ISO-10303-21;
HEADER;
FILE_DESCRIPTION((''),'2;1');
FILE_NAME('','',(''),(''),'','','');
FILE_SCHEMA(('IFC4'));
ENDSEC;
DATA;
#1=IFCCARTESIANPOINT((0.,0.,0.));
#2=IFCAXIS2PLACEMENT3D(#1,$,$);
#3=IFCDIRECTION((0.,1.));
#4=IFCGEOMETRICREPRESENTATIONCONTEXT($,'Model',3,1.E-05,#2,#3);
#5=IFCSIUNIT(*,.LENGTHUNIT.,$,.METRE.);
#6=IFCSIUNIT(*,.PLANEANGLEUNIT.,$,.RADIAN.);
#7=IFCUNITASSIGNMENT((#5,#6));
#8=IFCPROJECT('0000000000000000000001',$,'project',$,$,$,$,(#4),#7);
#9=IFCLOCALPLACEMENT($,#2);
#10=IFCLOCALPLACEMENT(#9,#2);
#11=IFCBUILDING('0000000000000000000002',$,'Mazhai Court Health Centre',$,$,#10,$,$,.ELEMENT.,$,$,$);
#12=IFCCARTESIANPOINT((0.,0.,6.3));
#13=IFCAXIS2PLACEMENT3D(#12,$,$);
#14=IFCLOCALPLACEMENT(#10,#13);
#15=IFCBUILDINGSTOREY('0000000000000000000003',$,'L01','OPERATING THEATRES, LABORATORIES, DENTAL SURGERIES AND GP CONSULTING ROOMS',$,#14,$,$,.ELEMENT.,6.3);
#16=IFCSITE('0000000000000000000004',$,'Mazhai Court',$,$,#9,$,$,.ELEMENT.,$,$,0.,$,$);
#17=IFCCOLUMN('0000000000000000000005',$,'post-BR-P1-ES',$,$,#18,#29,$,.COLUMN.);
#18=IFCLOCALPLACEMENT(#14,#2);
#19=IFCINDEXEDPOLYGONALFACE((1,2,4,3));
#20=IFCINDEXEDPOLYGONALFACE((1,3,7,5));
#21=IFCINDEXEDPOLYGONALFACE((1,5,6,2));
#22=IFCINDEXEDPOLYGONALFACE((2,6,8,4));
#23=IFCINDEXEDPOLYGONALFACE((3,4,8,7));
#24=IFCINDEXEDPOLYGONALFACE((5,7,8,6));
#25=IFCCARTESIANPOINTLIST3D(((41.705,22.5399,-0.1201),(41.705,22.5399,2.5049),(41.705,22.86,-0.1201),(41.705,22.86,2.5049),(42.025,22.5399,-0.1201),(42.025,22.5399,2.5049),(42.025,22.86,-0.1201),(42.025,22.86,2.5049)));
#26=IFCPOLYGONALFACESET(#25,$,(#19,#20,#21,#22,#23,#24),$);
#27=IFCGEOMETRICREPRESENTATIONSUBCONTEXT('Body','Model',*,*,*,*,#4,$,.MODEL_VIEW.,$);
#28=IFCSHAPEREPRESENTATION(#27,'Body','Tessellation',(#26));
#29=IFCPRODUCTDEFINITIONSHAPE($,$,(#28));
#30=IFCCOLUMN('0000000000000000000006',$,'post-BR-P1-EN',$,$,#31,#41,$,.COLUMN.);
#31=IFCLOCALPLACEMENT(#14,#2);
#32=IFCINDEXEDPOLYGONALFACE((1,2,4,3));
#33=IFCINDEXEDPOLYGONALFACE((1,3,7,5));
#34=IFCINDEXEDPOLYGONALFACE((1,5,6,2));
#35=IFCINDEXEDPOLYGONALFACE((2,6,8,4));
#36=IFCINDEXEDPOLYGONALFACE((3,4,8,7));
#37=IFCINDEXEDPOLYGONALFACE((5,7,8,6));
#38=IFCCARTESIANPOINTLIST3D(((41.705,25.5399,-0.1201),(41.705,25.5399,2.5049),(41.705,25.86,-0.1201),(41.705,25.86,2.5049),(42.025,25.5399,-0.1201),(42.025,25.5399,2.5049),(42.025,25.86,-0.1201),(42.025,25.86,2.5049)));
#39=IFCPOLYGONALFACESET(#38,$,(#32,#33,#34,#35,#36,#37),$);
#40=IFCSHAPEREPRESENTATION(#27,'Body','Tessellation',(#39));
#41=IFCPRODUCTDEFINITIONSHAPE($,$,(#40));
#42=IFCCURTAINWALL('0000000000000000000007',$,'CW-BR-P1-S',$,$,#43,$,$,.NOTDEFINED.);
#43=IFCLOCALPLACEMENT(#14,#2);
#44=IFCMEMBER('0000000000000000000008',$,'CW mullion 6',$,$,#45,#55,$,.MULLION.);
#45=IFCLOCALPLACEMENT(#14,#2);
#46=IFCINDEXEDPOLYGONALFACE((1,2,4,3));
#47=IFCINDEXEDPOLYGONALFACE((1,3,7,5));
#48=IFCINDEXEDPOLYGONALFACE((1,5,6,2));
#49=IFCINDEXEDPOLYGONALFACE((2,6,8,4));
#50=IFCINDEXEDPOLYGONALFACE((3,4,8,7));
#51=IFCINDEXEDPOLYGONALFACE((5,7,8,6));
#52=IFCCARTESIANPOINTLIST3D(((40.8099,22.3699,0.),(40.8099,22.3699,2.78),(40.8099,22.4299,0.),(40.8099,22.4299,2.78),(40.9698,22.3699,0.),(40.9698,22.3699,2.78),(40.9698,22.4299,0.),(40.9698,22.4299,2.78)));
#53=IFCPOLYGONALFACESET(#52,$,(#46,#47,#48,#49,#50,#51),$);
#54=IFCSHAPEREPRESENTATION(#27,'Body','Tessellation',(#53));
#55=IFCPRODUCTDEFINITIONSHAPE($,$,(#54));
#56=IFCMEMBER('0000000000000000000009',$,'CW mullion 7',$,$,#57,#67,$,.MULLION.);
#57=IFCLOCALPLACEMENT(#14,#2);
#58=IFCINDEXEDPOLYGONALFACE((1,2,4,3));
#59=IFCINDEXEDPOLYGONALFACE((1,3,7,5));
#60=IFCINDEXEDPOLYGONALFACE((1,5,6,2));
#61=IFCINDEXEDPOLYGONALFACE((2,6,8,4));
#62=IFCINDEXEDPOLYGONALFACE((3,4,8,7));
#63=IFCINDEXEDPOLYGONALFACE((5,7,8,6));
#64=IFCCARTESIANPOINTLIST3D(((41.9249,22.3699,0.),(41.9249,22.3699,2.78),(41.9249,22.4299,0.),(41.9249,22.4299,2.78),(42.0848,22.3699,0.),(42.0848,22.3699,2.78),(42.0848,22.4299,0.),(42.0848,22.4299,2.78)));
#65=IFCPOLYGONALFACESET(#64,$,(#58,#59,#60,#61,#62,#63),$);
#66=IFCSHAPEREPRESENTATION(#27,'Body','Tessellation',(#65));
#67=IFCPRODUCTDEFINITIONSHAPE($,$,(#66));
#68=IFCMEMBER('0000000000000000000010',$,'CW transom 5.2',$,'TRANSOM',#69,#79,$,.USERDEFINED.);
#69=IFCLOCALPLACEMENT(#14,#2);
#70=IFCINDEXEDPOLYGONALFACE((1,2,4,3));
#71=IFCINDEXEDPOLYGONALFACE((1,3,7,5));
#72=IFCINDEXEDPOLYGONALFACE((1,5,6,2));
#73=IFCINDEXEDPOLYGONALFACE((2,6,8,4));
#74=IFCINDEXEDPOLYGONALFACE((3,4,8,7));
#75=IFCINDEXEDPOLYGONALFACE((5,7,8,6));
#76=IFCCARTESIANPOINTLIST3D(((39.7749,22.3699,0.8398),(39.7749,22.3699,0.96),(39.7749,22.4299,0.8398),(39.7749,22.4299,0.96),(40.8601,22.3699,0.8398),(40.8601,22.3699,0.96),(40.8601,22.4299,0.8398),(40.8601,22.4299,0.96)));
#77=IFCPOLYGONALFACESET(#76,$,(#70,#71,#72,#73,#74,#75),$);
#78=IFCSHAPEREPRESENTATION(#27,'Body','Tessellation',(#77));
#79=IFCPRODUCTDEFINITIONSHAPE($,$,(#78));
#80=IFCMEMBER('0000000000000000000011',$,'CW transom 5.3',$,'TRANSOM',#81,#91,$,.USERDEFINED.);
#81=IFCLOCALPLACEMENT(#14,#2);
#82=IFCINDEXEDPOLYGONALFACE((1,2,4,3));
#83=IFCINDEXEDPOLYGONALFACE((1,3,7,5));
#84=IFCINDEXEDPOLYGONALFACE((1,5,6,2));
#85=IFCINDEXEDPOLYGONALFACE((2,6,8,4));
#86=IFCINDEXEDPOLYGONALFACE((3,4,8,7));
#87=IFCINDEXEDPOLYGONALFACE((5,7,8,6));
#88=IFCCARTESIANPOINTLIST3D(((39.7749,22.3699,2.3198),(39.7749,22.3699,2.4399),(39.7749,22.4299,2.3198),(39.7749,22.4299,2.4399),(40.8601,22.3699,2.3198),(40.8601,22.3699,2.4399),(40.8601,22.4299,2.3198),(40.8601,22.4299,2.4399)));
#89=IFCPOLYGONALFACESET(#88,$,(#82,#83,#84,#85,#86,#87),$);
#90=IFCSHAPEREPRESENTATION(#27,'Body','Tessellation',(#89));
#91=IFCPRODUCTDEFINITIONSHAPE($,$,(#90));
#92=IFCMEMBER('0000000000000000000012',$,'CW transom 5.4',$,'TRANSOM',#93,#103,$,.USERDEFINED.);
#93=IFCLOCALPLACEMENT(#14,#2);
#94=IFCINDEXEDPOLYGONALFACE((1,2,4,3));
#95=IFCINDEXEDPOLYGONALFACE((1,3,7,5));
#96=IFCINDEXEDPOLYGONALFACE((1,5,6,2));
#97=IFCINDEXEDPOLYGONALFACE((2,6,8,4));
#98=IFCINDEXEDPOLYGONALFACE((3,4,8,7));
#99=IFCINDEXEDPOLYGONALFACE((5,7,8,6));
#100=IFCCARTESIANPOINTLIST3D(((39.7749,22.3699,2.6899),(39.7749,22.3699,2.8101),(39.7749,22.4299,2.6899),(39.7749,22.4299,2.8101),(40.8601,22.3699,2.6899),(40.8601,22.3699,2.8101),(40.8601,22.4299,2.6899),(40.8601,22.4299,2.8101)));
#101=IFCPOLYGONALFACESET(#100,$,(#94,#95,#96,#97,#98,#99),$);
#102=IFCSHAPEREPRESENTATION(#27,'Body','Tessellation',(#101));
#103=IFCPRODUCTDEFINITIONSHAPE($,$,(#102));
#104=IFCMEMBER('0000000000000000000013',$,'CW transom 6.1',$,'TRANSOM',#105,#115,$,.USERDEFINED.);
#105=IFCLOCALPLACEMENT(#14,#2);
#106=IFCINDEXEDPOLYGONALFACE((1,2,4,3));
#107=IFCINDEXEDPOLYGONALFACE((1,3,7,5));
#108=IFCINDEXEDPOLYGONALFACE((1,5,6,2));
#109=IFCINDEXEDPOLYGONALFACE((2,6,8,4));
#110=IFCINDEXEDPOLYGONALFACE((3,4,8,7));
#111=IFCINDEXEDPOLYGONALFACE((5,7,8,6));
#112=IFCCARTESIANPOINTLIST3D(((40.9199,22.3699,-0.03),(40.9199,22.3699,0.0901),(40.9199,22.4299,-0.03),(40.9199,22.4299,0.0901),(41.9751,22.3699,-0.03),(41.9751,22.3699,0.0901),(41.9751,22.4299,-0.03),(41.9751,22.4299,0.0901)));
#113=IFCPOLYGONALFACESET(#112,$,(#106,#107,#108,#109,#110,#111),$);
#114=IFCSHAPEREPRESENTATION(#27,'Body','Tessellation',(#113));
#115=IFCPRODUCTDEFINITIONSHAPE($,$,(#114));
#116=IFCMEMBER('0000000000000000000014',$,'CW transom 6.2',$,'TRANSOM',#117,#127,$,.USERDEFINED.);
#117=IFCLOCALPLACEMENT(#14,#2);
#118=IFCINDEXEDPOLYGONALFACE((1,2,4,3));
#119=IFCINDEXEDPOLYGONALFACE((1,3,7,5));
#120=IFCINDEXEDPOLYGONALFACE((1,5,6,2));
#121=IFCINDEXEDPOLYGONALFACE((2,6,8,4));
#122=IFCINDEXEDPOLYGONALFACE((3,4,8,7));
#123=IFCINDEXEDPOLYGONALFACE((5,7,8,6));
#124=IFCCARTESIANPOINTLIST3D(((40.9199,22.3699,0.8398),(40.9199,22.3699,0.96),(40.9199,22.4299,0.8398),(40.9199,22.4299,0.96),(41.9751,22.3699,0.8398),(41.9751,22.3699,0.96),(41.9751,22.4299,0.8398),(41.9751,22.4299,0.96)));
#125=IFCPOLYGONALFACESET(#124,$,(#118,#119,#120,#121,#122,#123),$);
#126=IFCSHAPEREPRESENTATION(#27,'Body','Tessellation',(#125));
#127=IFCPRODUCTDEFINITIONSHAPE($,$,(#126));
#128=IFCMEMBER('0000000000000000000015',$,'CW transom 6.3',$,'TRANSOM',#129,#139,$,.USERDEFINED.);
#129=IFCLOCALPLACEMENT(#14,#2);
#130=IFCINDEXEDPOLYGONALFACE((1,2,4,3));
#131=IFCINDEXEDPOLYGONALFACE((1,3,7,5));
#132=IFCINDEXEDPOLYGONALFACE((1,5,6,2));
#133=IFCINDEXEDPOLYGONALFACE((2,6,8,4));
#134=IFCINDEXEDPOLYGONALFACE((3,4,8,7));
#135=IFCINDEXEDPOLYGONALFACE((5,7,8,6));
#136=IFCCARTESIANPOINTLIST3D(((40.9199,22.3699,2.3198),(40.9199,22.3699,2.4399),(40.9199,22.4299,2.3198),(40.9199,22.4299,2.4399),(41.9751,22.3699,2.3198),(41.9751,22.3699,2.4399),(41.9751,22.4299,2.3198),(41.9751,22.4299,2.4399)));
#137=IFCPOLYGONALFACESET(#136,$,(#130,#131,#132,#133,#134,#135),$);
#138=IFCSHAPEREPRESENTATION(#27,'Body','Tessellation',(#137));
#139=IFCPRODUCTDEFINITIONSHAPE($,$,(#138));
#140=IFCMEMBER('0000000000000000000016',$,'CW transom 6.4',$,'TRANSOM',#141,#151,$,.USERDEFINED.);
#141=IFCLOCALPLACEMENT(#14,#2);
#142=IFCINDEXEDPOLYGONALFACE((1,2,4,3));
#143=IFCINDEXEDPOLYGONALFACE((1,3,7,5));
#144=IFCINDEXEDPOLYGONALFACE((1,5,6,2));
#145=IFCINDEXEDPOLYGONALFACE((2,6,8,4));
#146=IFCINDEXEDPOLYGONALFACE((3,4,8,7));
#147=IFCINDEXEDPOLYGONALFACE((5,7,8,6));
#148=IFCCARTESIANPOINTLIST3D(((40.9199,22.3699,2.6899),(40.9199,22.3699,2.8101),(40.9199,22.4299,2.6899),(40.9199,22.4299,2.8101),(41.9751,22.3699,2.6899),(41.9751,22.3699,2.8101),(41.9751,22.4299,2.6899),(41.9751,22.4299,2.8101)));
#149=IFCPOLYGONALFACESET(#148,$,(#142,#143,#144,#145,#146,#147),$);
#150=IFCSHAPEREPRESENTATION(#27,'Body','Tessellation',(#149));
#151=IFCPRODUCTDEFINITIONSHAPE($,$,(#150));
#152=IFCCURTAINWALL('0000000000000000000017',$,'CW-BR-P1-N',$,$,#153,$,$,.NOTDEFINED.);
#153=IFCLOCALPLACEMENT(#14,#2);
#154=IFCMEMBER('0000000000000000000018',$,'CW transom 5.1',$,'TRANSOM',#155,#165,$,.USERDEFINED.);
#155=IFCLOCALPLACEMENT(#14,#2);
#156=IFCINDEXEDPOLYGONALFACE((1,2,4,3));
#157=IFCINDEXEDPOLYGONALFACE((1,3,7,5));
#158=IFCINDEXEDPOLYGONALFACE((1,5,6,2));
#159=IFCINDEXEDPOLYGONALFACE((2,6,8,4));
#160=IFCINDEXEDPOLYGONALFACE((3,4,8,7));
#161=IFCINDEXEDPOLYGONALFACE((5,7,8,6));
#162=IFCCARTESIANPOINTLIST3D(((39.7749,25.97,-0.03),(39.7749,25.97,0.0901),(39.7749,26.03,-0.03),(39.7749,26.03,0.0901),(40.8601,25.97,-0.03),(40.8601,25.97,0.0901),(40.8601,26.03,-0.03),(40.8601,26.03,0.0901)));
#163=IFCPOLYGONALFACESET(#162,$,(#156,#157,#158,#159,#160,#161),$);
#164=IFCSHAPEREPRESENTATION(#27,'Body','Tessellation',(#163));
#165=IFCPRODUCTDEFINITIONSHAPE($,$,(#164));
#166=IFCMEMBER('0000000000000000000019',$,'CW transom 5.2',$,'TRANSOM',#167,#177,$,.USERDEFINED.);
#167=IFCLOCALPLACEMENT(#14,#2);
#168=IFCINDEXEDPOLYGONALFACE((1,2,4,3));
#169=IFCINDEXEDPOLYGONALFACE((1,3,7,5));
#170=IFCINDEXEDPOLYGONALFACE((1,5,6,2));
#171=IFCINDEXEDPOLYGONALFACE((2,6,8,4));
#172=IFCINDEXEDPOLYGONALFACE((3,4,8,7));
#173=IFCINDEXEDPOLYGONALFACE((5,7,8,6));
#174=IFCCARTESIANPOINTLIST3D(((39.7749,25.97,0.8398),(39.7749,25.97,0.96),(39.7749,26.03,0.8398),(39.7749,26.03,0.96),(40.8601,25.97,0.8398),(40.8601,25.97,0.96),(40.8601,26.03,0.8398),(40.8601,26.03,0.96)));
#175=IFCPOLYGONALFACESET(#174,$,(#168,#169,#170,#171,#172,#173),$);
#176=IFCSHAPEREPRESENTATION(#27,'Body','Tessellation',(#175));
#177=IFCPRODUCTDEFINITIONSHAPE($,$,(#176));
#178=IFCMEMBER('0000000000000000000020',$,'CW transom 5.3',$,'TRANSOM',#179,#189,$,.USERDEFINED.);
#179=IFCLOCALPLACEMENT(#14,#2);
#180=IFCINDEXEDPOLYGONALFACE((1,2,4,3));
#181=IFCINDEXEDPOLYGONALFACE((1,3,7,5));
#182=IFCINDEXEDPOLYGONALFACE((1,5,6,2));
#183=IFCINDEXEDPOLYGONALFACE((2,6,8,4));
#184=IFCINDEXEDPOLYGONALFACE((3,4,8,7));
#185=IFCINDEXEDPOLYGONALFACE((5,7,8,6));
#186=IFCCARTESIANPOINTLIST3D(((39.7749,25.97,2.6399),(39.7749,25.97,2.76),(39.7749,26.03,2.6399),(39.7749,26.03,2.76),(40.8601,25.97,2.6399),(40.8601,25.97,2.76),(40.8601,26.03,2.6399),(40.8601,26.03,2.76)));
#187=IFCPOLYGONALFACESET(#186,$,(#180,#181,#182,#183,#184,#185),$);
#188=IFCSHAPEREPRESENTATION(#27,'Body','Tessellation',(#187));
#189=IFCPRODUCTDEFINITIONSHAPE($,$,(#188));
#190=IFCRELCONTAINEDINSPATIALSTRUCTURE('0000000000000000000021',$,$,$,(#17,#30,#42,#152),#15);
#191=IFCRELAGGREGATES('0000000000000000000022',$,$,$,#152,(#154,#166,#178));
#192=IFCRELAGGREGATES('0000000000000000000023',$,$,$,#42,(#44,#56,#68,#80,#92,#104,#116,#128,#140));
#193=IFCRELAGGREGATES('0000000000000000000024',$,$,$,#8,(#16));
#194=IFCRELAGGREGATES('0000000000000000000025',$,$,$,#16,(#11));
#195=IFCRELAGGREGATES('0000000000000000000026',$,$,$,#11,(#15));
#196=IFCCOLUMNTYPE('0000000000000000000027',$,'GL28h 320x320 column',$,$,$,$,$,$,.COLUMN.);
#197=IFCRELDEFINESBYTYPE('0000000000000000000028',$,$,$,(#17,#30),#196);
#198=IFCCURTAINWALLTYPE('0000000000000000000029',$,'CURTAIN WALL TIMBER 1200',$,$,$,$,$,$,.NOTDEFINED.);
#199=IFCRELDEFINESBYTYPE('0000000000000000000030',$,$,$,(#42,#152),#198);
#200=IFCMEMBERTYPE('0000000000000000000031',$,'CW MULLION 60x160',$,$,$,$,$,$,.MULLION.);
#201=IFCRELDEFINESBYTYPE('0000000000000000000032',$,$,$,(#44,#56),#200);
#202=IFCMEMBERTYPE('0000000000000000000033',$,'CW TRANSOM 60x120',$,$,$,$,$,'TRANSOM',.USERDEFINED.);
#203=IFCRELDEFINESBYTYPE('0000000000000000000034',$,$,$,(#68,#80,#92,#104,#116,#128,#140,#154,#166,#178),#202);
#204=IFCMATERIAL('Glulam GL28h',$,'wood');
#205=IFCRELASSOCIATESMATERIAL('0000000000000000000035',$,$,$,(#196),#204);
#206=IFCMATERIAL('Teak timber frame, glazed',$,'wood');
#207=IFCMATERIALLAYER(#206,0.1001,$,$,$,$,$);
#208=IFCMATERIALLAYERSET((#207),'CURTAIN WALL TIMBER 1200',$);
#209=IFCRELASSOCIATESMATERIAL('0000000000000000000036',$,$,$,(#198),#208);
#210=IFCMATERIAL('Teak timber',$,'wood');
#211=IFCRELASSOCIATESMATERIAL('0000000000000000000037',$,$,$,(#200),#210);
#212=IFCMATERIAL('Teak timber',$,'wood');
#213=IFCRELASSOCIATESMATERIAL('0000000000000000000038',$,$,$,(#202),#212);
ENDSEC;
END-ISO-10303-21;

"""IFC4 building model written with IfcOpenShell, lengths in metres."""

from ifc_helpers import new_model, si_unit, direction, frame, origin, origin_2d, place, context, subcontext, project, spatial, rectangle, extrude, material, layer, layer_set, material_profile, profile_set, type_object, element, aggregate, save


model = new_model("IFC4")

# Units and contexts
model_context = context("Model", 3, precision=1e-05, world=origin(), true_north=direction((0.0, 1.0)))
body_context = subcontext(model_context, "Body", "Model", "MODEL_VIEW")
ifc_project = project(units=[si_unit("LENGTHUNIT", "METRE"), si_unit("PLANEANGLEUNIT", "RADIAN")], contexts=[model_context])

# Site, building, storey
site_placement = place(None, origin())
site = spatial("IfcSite", under=ifc_project, at=site_placement, Name="Mazhai Court", CompositionType="ELEMENT", RefElevation=0.0)
building_placement = place(site_placement, origin())
building = spatial("IfcBuilding", under=site, at=building_placement, Name="Mazhai Court Health Centre", CompositionType="ELEMENT")
storey_placement = place(building_placement, frame((0.0, 0.0, 6.3)))
storey = spatial("IfcBuildingStorey", under=building, at=storey_placement, Name="L01", Description="OPERATING THEATRES, LABORATORIES, DENTAL SURGERIES AND GP CONSULTING ROOMS", CompositionType="ELEMENT", Elevation=6.3)

# Columns
ifc_material_1 = material(Name="Glulam GL28h", Category="wood")
ifc_material_profile_1 = material_profile(ifc_material_1, rectangle(XDim=0.3201, YDim=0.3201, at=origin_2d()), Name="GL28h 320x320")
ifc_profile_set_1 = profile_set([ifc_material_profile_1], Name="Glulam GL28h")
column_type = type_object("IfcColumnType", Name="GL28h 320x320 column", PredefinedType="COLUMN", material=ifc_profile_set_1)
for number, where, z_axis, x_axis, name in (
    (1, (41.865, 22.7, -0.1201), (0.0, 0.0, 1.0), (1.0, 0.0, 0.0), "post-BR-P1-ES"),
    (2, (41.865, 25.7, -0.1201), (0.0, 0.0, 1.0), (1.0, 0.0, 0.0), "post-BR-P1-EN"),
):
    element("IfcColumn", number, at=place(storey_placement, frame(where, z_axis=z_axis, x_axis=x_axis)), inside=storey, type_object=column_type, Name=name, PredefinedType="COLUMN", context=body_context, shape_type="SweptSolid", body=[
        extrude(rectangle(XDim=0.3201, YDim=0.3201, at=origin_2d()), origin(), (0.0, 0.0, 1.0), 2.625),
    ])

# Curtain walls, members
ifc_material_2 = material(Name="Teak timber frame, glazed", Category="wood")
ifc_layer_1 = layer(ifc_material_2, 0.1001)
ifc_layer_set_1 = layer_set([ifc_layer_1], Name="CURTAIN WALL TIMBER 1200")
curtain_wall_type = type_object("IfcCurtainWallType", Name="CURTAIN WALL TIMBER 1200", PredefinedType="NOTDEFINED", material=ifc_layer_set_1)
curtain_wall_1_placement = place(storey_placement, origin())
curtain_wall_1 = element("IfcCurtainWall", 3, at=curtain_wall_1_placement, inside=storey, type_object=curtain_wall_type, Name="CW-BR-P1-S", PredefinedType="NOTDEFINED")
ifc_material_3 = material(Name="Teak timber", Category="wood")
ifc_material_profile_2 = material_profile(ifc_material_3, rectangle(XDim=0.0601, YDim=0.1599, at=origin_2d()), Name="CW MULLION 60x160")
ifc_profile_set_2 = profile_set([ifc_material_profile_2], Name="Teak timber")
member_type_1 = type_object("IfcMemberType", Name="CW MULLION 60x160", PredefinedType="MULLION", material=ifc_profile_set_2)
member_1_placement = place(storey_placement, frame((40.8899, 22.3999, 0.0), z_axis=(0.0, 0.0, 1.0), x_axis=(0.0, 1.0, 0.0)))
member_1 = element("IfcMember", 4, at=member_1_placement, type_object=member_type_1, Name="CW mullion 6", PredefinedType="MULLION", context=body_context, shape_type="SweptSolid", body=[
    extrude(rectangle(XDim=0.0601, YDim=0.1599, at=origin_2d()), origin(), (0.0, 0.0, 1.0), 2.78),
])
member_2_placement = place(storey_placement, frame((42.0049, 22.3999, 0.0), z_axis=(0.0, 0.0, 1.0), x_axis=(0.0, 1.0, 0.0)))
member_2 = element("IfcMember", 5, at=member_2_placement, type_object=member_type_1, Name="CW mullion 7", PredefinedType="MULLION", context=body_context, shape_type="SweptSolid", body=[
    extrude(rectangle(XDim=0.0601, YDim=0.1599, at=origin_2d()), origin(), (0.0, 0.0, 1.0), 2.78),
])
ifc_material_4 = material(Name="Teak timber", Category="wood")
ifc_material_profile_3 = material_profile(ifc_material_4, rectangle(XDim=0.0601, YDim=0.1201, at=origin_2d()), Name="CW TRANSOM 60x120")
ifc_profile_set_3 = profile_set([ifc_material_profile_3], Name="Teak timber")
member_type_2 = type_object("IfcMemberType", Name="CW TRANSOM 60x120", ElementType="TRANSOM", PredefinedType="USERDEFINED", material=ifc_profile_set_3)
member_3_placement = place(storey_placement, frame((39.7749, 22.3999, 0.8999), z_axis=(1.0, 0.0, 0.0), x_axis=(0.0, 1.0, 0.0)))
member_3 = element("IfcMember", 6, at=member_3_placement, type_object=member_type_2, Name="CW transom 5.2", ObjectType="TRANSOM", PredefinedType="USERDEFINED", context=body_context, shape_type="SweptSolid", body=[
    extrude(rectangle(XDim=0.0601, YDim=0.1201, at=origin_2d()), origin(), (0.0, 0.0, 1.0), 1.0852),
])
member_4_placement = place(storey_placement, frame((39.7749, 22.3999, 2.3799), z_axis=(1.0, 0.0, 0.0), x_axis=(0.0, 1.0, 0.0)))
member_4 = element("IfcMember", 7, at=member_4_placement, type_object=member_type_2, Name="CW transom 5.3", ObjectType="TRANSOM", PredefinedType="USERDEFINED", context=body_context, shape_type="SweptSolid", body=[
    extrude(rectangle(XDim=0.0601, YDim=0.1201, at=origin_2d()), origin(), (0.0, 0.0, 1.0), 1.0852),
])
member_5_placement = place(storey_placement, frame((39.7749, 22.3999, 2.75), z_axis=(1.0, 0.0, 0.0), x_axis=(0.0, 1.0, 0.0)))
member_5 = element("IfcMember", 8, at=member_5_placement, type_object=member_type_2, Name="CW transom 5.4", ObjectType="TRANSOM", PredefinedType="USERDEFINED", context=body_context, shape_type="SweptSolid", body=[
    extrude(rectangle(XDim=0.0601, YDim=0.1201, at=origin_2d()), origin(), (0.0, 0.0, 1.0), 1.0852),
])
member_6_placement = place(storey_placement, frame((40.9199, 22.3999, 0.03), z_axis=(1.0, 0.0, 0.0), x_axis=(0.0, 1.0, 0.0)))
member_6 = element("IfcMember", 9, at=member_6_placement, type_object=member_type_2, Name="CW transom 6.1", ObjectType="TRANSOM", PredefinedType="USERDEFINED", context=body_context, shape_type="SweptSolid", body=[
    extrude(rectangle(XDim=0.0601, YDim=0.1201, at=origin_2d()), origin(), (0.0, 0.0, 1.0), 1.0552),
])
member_7_placement = place(storey_placement, frame((40.9199, 22.3999, 0.8999), z_axis=(1.0, 0.0, 0.0), x_axis=(0.0, 1.0, 0.0)))
member_7 = element("IfcMember", 10, at=member_7_placement, type_object=member_type_2, Name="CW transom 6.2", ObjectType="TRANSOM", PredefinedType="USERDEFINED", context=body_context, shape_type="SweptSolid", body=[
    extrude(rectangle(XDim=0.0601, YDim=0.1201, at=origin_2d()), origin(), (0.0, 0.0, 1.0), 1.0552),
])
member_8_placement = place(storey_placement, frame((40.9199, 22.3999, 2.3799), z_axis=(1.0, 0.0, 0.0), x_axis=(0.0, 1.0, 0.0)))
member_8 = element("IfcMember", 11, at=member_8_placement, type_object=member_type_2, Name="CW transom 6.3", ObjectType="TRANSOM", PredefinedType="USERDEFINED", context=body_context, shape_type="SweptSolid", body=[
    extrude(rectangle(XDim=0.0601, YDim=0.1201, at=origin_2d()), origin(), (0.0, 0.0, 1.0), 1.0552),
])
member_9_placement = place(storey_placement, frame((40.9199, 22.3999, 2.75), z_axis=(1.0, 0.0, 0.0), x_axis=(0.0, 1.0, 0.0)))
member_9 = element("IfcMember", 12, at=member_9_placement, type_object=member_type_2, Name="CW transom 6.4", ObjectType="TRANSOM", PredefinedType="USERDEFINED", context=body_context, shape_type="SweptSolid", body=[
    extrude(rectangle(XDim=0.0601, YDim=0.1201, at=origin_2d()), origin(), (0.0, 0.0, 1.0), 1.0552),
])
curtain_wall_2_placement = place(storey_placement, origin())
curtain_wall_2 = element("IfcCurtainWall", 13, at=curtain_wall_2_placement, inside=storey, type_object=curtain_wall_type, Name="CW-BR-P1-N", PredefinedType="NOTDEFINED")
member_10_placement = place(storey_placement, frame((39.7749, 26.0, 0.03), z_axis=(1.0, 0.0, 0.0), x_axis=(0.0, 1.0, 0.0)))
member_10 = element("IfcMember", 14, at=member_10_placement, type_object=member_type_2, Name="CW transom 5.1", ObjectType="TRANSOM", PredefinedType="USERDEFINED", context=body_context, shape_type="SweptSolid", body=[
    extrude(rectangle(XDim=0.0601, YDim=0.1201, at=origin_2d()), origin(), (0.0, 0.0, 1.0), 1.0852),
])
member_11_placement = place(storey_placement, frame((39.7749, 26.0, 0.8999), z_axis=(1.0, 0.0, 0.0), x_axis=(0.0, 1.0, 0.0)))
member_11 = element("IfcMember", 15, at=member_11_placement, type_object=member_type_2, Name="CW transom 5.2", ObjectType="TRANSOM", PredefinedType="USERDEFINED", context=body_context, shape_type="SweptSolid", body=[
    extrude(rectangle(XDim=0.0601, YDim=0.1201, at=origin_2d()), origin(), (0.0, 0.0, 1.0), 1.0852),
])
member_12_placement = place(storey_placement, frame((39.7749, 26.0, 2.7), z_axis=(1.0, 0.0, 0.0), x_axis=(0.0, 1.0, 0.0)))
member_12 = element("IfcMember", 16, at=member_12_placement, type_object=member_type_2, Name="CW transom 5.3", ObjectType="TRANSOM", PredefinedType="USERDEFINED", context=body_context, shape_type="SweptSolid", body=[
    extrude(rectangle(XDim=0.0601, YDim=0.1201, at=origin_2d()), origin(), (0.0, 0.0, 1.0), 1.0852),
])
aggregate(curtain_wall_2, [member_10, member_11, member_12])

aggregate(curtain_wall_1, [member_1, member_2, member_3, member_4, member_5, member_6, member_7, member_8, member_9])

save(model, "model.ifc")
